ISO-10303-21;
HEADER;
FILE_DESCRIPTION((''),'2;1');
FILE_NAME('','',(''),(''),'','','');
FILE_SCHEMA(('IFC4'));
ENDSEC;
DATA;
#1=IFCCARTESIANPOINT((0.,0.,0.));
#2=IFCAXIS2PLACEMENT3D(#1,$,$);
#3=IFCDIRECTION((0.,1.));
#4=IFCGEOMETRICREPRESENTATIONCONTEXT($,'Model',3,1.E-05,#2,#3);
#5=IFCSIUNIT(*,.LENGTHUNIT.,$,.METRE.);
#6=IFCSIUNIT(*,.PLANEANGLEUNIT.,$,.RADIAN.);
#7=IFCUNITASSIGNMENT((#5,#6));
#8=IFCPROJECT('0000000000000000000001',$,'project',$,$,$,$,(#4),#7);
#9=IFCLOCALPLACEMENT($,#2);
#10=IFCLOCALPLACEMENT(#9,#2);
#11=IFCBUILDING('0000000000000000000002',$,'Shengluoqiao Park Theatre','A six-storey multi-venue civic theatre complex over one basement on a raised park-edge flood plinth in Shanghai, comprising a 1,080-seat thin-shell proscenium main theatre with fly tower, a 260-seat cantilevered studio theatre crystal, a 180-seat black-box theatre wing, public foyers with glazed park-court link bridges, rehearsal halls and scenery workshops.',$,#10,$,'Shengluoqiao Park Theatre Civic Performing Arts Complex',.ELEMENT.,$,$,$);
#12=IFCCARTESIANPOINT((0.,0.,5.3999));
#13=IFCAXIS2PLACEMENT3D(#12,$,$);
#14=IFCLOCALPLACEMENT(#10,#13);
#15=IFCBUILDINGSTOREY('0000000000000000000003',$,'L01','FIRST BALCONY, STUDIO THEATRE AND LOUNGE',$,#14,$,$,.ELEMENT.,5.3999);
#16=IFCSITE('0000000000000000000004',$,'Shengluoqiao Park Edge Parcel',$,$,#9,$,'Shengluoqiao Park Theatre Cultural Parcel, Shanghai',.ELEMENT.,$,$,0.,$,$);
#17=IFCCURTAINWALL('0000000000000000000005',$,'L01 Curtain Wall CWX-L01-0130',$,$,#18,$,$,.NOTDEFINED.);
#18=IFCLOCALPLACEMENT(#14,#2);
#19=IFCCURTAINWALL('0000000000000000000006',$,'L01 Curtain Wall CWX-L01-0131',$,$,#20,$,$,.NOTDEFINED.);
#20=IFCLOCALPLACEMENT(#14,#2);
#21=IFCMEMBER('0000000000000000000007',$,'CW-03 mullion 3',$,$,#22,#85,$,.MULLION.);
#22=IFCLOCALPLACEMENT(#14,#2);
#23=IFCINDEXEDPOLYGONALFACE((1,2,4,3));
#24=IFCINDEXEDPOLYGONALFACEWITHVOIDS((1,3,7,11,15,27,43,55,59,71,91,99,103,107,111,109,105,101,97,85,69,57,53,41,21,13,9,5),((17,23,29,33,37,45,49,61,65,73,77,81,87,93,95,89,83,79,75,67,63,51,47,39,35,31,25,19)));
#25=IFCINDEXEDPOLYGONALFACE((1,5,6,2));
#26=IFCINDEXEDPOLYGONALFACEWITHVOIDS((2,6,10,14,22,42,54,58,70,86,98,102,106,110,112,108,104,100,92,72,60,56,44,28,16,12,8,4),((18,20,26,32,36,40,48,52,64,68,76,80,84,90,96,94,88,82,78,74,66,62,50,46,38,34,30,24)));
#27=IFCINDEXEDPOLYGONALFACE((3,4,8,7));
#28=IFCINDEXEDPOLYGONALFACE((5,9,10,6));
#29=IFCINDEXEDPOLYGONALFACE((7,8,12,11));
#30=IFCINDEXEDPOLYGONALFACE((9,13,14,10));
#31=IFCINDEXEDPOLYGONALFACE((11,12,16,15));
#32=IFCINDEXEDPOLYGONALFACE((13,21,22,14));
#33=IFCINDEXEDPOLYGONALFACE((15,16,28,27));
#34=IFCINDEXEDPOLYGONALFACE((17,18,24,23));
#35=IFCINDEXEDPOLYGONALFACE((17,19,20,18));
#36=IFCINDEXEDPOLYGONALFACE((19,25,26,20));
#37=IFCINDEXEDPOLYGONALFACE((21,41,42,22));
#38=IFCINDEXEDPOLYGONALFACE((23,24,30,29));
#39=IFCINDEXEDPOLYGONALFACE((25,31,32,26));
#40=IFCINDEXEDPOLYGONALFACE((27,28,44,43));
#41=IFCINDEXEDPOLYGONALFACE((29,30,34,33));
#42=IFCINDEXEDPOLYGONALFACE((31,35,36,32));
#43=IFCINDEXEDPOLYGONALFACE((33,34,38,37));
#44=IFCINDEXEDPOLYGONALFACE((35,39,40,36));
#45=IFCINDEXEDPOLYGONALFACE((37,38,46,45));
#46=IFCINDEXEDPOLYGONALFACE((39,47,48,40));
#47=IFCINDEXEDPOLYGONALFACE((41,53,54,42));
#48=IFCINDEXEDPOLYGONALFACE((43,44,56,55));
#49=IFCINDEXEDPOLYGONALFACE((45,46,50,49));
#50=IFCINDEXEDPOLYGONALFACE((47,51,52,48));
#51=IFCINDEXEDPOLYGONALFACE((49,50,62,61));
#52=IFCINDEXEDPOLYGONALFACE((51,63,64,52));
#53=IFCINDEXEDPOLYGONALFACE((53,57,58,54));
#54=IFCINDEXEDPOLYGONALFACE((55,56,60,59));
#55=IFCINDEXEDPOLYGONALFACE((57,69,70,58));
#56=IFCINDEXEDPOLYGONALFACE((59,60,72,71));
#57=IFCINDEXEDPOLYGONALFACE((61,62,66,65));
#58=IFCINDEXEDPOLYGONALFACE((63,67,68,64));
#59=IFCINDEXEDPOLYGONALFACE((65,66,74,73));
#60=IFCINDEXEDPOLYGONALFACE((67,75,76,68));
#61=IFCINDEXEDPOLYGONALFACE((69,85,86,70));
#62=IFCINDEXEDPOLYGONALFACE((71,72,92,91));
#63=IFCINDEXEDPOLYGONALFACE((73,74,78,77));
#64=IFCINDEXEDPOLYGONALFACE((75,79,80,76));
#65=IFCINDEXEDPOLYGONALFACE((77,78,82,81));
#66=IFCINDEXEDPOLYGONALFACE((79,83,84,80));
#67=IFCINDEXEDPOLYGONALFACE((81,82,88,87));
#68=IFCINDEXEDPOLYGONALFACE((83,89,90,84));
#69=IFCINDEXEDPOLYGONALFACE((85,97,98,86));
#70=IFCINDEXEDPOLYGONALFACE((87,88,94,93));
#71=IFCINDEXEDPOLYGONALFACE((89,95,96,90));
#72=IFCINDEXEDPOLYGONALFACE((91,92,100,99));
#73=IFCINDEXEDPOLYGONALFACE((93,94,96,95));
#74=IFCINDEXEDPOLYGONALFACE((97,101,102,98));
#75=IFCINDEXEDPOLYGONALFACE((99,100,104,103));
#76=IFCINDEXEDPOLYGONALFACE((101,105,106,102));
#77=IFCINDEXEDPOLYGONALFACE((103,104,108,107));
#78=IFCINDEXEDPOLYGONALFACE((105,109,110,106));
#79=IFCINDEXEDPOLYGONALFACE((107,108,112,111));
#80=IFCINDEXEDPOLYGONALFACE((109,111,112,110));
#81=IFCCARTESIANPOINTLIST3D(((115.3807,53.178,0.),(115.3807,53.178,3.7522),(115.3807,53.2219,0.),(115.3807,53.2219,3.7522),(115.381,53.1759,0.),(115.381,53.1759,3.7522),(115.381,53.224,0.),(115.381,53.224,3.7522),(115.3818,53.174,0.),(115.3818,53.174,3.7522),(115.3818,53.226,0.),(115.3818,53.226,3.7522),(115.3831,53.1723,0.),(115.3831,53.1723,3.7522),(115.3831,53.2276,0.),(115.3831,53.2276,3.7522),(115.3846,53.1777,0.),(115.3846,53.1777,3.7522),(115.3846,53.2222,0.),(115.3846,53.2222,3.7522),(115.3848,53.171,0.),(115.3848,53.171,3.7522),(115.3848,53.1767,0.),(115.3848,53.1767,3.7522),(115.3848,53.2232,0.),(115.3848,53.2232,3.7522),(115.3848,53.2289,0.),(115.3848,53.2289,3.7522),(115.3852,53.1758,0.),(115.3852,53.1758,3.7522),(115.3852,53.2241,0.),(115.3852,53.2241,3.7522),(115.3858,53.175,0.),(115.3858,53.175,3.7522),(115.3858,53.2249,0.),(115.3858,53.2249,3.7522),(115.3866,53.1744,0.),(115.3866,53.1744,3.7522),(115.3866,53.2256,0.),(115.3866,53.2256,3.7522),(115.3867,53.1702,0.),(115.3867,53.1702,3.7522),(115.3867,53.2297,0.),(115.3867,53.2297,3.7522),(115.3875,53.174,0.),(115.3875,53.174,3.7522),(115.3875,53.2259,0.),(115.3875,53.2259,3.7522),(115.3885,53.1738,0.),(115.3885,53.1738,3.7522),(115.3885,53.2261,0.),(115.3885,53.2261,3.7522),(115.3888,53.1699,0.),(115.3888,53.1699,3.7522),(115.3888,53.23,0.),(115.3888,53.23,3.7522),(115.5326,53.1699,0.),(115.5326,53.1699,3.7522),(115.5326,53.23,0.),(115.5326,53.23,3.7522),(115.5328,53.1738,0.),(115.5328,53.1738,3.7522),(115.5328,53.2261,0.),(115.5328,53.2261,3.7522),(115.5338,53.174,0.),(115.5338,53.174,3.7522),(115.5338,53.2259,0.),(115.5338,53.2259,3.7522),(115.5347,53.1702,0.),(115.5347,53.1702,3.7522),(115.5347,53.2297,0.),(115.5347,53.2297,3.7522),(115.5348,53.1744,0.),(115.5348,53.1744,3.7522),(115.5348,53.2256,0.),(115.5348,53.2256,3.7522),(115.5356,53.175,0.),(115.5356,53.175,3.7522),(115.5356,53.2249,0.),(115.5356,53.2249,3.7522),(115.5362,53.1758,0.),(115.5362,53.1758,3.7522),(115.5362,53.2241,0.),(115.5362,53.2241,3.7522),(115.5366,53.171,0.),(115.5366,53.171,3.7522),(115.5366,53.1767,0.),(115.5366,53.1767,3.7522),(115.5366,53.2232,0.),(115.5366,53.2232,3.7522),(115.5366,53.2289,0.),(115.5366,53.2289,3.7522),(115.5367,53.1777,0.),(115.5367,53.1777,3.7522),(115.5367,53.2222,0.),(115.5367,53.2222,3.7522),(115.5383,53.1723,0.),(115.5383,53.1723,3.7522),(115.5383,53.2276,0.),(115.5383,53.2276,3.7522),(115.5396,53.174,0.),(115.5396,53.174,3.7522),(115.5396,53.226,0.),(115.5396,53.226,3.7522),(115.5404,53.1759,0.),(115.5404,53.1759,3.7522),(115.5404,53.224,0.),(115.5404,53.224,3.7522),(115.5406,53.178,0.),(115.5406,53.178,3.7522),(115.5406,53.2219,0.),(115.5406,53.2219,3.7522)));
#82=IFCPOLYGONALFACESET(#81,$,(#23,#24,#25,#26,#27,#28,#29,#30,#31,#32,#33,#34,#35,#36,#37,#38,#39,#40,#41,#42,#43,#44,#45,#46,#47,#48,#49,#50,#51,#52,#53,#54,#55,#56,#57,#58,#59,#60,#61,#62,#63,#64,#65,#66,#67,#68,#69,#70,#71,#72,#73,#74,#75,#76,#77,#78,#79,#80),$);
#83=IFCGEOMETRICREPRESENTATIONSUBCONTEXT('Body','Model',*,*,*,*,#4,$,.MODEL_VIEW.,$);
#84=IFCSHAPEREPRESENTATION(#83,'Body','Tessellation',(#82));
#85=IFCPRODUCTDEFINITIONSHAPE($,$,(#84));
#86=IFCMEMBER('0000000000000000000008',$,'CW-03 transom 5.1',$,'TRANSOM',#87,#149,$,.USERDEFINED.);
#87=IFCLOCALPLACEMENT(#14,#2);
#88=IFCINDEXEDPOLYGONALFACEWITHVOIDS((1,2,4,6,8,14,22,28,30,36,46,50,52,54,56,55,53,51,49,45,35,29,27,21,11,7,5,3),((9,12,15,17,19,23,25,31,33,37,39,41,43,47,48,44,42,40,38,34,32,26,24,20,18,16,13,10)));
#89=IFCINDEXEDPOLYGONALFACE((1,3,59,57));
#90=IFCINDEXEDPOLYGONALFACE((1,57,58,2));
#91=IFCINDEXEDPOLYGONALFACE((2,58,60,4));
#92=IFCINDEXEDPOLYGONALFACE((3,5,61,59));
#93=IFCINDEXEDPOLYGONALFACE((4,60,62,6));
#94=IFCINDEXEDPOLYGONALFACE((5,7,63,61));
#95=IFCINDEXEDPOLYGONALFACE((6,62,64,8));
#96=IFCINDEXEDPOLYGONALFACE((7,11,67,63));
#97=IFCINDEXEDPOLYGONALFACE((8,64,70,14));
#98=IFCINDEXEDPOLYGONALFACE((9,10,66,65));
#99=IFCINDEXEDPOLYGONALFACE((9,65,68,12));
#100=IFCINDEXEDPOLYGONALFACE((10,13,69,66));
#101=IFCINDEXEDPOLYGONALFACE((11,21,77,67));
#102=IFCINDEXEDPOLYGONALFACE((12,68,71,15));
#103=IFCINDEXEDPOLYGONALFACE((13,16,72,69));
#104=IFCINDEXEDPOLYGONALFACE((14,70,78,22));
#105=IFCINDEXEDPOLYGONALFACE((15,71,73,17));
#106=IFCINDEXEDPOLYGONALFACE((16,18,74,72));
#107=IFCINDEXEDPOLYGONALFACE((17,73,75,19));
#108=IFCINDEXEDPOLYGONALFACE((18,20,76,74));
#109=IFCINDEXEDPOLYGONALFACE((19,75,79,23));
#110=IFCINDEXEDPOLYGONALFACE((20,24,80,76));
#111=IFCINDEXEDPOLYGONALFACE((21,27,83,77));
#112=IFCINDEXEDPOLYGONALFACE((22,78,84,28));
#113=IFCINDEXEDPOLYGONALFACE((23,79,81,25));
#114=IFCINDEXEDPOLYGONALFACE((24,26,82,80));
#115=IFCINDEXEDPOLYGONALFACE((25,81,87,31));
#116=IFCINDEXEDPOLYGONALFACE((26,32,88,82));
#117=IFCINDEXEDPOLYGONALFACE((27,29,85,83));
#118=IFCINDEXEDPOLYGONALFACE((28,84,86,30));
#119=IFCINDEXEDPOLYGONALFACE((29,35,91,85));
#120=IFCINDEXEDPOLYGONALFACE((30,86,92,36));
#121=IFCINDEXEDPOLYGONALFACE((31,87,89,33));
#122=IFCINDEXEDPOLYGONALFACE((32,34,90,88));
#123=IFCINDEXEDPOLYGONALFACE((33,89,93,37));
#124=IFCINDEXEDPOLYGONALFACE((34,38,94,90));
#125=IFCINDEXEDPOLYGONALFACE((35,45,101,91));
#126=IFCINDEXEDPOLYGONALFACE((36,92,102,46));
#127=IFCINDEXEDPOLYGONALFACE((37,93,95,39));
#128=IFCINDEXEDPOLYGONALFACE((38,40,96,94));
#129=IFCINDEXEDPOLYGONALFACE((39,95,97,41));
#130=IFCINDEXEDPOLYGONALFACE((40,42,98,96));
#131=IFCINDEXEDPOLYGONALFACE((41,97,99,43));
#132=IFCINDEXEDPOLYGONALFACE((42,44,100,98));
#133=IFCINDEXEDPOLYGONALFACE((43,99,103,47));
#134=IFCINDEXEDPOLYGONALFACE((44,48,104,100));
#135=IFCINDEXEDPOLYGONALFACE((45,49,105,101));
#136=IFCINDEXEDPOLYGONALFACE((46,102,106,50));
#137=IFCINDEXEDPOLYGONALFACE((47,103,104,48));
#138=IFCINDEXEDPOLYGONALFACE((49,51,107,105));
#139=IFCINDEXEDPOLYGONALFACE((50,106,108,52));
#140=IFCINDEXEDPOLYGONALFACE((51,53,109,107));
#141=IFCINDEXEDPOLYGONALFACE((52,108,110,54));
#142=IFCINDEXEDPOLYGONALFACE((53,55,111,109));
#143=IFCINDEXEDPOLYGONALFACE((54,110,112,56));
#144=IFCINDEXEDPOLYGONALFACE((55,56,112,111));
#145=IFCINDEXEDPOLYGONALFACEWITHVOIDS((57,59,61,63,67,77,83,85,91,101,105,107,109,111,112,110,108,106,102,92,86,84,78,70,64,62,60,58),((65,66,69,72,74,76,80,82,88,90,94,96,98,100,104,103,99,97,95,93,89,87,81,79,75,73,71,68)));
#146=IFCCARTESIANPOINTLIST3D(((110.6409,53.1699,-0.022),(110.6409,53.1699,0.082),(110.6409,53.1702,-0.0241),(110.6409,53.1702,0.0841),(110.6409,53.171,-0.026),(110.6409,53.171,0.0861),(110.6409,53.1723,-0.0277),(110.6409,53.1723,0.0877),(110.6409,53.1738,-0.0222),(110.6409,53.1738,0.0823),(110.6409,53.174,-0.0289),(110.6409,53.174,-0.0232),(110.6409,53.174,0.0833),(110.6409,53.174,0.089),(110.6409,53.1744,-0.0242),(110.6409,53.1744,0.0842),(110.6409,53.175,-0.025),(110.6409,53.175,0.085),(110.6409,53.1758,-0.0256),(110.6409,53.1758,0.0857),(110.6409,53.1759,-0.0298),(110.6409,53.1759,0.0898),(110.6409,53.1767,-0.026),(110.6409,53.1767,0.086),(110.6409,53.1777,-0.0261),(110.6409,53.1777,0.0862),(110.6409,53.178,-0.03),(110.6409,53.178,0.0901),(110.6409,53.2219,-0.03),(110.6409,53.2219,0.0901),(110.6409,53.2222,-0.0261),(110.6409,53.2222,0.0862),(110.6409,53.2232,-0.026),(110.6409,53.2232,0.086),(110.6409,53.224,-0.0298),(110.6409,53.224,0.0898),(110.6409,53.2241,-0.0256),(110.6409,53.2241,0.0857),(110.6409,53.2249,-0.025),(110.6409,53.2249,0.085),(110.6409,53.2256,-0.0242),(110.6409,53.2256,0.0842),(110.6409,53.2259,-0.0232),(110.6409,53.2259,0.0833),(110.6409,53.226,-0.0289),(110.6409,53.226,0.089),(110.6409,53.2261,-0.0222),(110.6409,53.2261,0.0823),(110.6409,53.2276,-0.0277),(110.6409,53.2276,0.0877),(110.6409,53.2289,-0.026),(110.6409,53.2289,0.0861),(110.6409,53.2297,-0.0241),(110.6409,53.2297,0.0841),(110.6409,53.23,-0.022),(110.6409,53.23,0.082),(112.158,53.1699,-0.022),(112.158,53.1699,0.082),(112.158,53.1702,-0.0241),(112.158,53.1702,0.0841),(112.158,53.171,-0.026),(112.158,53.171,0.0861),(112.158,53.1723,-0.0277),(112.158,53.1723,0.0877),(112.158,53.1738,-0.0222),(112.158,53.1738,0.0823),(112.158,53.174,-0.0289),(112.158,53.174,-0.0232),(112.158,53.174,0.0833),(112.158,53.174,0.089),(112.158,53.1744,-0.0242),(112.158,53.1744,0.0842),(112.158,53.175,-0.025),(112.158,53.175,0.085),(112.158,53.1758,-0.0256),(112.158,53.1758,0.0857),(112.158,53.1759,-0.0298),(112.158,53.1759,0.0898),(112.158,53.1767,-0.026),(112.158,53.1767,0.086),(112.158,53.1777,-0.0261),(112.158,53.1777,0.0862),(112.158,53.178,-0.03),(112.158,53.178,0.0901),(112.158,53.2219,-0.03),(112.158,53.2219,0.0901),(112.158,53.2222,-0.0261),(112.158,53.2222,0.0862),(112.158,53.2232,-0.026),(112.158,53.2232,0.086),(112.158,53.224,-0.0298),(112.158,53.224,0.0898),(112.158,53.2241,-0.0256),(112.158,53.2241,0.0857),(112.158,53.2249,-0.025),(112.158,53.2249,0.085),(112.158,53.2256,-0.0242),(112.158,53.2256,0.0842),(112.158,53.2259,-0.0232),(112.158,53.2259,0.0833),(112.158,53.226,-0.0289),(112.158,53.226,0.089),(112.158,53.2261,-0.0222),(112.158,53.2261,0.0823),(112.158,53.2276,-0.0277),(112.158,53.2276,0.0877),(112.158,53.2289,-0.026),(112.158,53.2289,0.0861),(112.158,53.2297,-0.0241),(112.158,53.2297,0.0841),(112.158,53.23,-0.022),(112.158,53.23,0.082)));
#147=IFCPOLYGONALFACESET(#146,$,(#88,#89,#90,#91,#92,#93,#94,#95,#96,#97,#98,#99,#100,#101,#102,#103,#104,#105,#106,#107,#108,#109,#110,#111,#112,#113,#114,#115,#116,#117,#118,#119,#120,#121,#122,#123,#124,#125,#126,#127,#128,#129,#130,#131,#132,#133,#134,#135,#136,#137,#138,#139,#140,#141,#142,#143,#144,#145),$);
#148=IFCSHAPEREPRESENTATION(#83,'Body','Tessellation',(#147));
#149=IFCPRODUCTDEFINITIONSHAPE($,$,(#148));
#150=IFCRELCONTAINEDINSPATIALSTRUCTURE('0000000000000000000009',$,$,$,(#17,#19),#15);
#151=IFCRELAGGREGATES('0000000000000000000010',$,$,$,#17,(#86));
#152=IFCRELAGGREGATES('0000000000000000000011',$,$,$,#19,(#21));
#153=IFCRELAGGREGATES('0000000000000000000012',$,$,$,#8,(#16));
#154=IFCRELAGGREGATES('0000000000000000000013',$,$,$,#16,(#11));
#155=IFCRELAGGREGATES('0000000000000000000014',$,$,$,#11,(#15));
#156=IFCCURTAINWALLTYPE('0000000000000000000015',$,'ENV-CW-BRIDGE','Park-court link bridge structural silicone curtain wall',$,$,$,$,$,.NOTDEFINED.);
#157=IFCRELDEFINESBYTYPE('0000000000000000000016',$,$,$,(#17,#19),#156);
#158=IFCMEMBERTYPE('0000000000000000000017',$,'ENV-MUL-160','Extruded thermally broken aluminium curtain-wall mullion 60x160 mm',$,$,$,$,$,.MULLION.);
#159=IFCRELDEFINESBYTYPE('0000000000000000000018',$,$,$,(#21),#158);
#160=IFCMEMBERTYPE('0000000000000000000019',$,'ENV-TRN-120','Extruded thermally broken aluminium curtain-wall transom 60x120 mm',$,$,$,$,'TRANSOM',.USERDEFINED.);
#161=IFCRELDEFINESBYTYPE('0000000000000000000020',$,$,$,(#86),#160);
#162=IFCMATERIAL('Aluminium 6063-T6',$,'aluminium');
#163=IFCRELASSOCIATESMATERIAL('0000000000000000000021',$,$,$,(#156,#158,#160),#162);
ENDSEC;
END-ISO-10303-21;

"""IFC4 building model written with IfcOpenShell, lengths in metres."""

from ifc_helpers import new_model, si_unit, direction, frame, origin, origin_2d, place, context, subcontext, project, spatial, hollow_rectangle, extrude, material, material_profile, profile_set, type_object, element, aggregate, save


model = new_model("IFC4")

# Units and contexts
model_context = context("Model", 3, precision=1e-05, world=origin(), true_north=direction((0.0, 1.0)))
body_context = subcontext(model_context, "Body", "Model", "MODEL_VIEW")
ifc_project = project(units=[si_unit("LENGTHUNIT", "METRE"), si_unit("PLANEANGLEUNIT", "RADIAN")], contexts=[model_context])

# Site, building, storey
site_placement = place(None, origin())
site = spatial("IfcSite", under=ifc_project, at=site_placement, Name="Shengluoqiao Park Edge Parcel", LongName="Shengluoqiao Park Theatre Cultural Parcel, Shanghai", CompositionType="ELEMENT", RefElevation=0.0)
building_placement = place(site_placement, origin())
building = spatial("IfcBuilding", under=site, at=building_placement, Name="Shengluoqiao Park Theatre", Description="A six-storey multi-venue civic theatre complex over one basement on a raised park-edge flood plinth in Shanghai, comprising a 1,080-seat thin-shell proscenium main theatre with fly tower, a 260-seat cantilevered studio theatre crystal, a 180-seat black-box theatre wing, public foyers with glazed park-court link bridges, rehearsal halls and scenery workshops.", LongName="Shengluoqiao Park Theatre Civic Performing Arts Complex", CompositionType="ELEMENT")
storey_placement = place(building_placement, frame((0.0, 0.0, 5.3999)))
storey = spatial("IfcBuildingStorey", under=building, at=storey_placement, Name="L01", Description="FIRST BALCONY, STUDIO THEATRE AND LOUNGE", CompositionType="ELEMENT", Elevation=5.3999)

# Curtain walls, member
ifc_material_1 = material(Name="Aluminium 6063-T6", Category="aluminium")
curtain_wall_type = type_object("IfcCurtainWallType", Name="ENV-CW-BRIDGE", Description="Park-court link bridge structural silicone curtain wall", PredefinedType="NOTDEFINED", material=ifc_material_1)
curtain_wall_1_placement = place(storey_placement, origin())
curtain_wall_1 = element("IfcCurtainWall", 1, at=curtain_wall_1_placement, inside=storey, type_object=curtain_wall_type, Name="L01 Curtain Wall CWX-L01-0130", PredefinedType="NOTDEFINED")
ifc_material_profile_1 = material_profile(ifc_material_1, hollow_rectangle(XDim=0.0601, YDim=0.1599, WallThickness=0.0039, InnerFilletRadius=0.0039, OuterFilletRadius=0.0081, at=origin_2d()), Name="ALU MULLION 160x60x4")
ifc_profile_set_1 = profile_set([ifc_material_profile_1], Name="Aluminium 6063-T6")
member_type_1 = type_object("IfcMemberType", Name="ENV-MUL-160", Description="Extruded thermally broken aluminium curtain-wall mullion 60x160 mm", PredefinedType="MULLION", material=ifc_profile_set_1)
curtain_wall_2_placement = place(storey_placement, origin())
curtain_wall_2 = element("IfcCurtainWall", 2, at=curtain_wall_2_placement, inside=storey, type_object=curtain_wall_type, Name="L01 Curtain Wall CWX-L01-0131", PredefinedType="NOTDEFINED")
member_1_placement = place(storey_placement, frame((115.4607, 53.2, 0.0), z_axis=(0.0, 0.0, 1.0), x_axis=(0.0, 1.0, 0.0)))
member_1 = element("IfcMember", 3, at=member_1_placement, type_object=member_type_1, Name="CW-03 mullion 3", PredefinedType="MULLION", context=body_context, shape_type="SweptSolid", body=[
    extrude(hollow_rectangle(XDim=0.0601, YDim=0.1599, WallThickness=0.0039, InnerFilletRadius=0.0039, OuterFilletRadius=0.0081, at=origin_2d()), origin(), (0.0, 0.0, 1.0), 3.7522),
])

# Member
ifc_material_profile_2 = material_profile(ifc_material_1, hollow_rectangle(XDim=0.0601, YDim=0.1201, WallThickness=0.0039, InnerFilletRadius=0.0039, OuterFilletRadius=0.0081, at=origin_2d()), Name="ALU TRANSOM 120x60x4")
ifc_profile_set_2 = profile_set([ifc_material_profile_2], Name="Aluminium 6063-T6")
member_type_2 = type_object("IfcMemberType", Name="ENV-TRN-120", Description="Extruded thermally broken aluminium curtain-wall transom 60x120 mm", ElementType="TRANSOM", PredefinedType="USERDEFINED", material=ifc_profile_set_2)
member_2_placement = place(storey_placement, frame((110.6409, 53.2, 0.03), z_axis=(1.0, 0.0, 0.0), x_axis=(0.0, 1.0, 0.0)))
member_2 = element("IfcMember", 4, at=member_2_placement, type_object=member_type_2, Name="CW-03 transom 5.1", ObjectType="TRANSOM", PredefinedType="USERDEFINED", context=body_context, shape_type="SweptSolid", body=[
    extrude(hollow_rectangle(XDim=0.0601, YDim=0.1201, WallThickness=0.0039, InnerFilletRadius=0.0039, OuterFilletRadius=0.0081, at=origin_2d()), origin(), (0.0, 0.0, 1.0), 1.5171),
])

aggregate(curtain_wall_1, [member_2])
aggregate(curtain_wall_2, [member_1])

save(model, "model.ifc")
